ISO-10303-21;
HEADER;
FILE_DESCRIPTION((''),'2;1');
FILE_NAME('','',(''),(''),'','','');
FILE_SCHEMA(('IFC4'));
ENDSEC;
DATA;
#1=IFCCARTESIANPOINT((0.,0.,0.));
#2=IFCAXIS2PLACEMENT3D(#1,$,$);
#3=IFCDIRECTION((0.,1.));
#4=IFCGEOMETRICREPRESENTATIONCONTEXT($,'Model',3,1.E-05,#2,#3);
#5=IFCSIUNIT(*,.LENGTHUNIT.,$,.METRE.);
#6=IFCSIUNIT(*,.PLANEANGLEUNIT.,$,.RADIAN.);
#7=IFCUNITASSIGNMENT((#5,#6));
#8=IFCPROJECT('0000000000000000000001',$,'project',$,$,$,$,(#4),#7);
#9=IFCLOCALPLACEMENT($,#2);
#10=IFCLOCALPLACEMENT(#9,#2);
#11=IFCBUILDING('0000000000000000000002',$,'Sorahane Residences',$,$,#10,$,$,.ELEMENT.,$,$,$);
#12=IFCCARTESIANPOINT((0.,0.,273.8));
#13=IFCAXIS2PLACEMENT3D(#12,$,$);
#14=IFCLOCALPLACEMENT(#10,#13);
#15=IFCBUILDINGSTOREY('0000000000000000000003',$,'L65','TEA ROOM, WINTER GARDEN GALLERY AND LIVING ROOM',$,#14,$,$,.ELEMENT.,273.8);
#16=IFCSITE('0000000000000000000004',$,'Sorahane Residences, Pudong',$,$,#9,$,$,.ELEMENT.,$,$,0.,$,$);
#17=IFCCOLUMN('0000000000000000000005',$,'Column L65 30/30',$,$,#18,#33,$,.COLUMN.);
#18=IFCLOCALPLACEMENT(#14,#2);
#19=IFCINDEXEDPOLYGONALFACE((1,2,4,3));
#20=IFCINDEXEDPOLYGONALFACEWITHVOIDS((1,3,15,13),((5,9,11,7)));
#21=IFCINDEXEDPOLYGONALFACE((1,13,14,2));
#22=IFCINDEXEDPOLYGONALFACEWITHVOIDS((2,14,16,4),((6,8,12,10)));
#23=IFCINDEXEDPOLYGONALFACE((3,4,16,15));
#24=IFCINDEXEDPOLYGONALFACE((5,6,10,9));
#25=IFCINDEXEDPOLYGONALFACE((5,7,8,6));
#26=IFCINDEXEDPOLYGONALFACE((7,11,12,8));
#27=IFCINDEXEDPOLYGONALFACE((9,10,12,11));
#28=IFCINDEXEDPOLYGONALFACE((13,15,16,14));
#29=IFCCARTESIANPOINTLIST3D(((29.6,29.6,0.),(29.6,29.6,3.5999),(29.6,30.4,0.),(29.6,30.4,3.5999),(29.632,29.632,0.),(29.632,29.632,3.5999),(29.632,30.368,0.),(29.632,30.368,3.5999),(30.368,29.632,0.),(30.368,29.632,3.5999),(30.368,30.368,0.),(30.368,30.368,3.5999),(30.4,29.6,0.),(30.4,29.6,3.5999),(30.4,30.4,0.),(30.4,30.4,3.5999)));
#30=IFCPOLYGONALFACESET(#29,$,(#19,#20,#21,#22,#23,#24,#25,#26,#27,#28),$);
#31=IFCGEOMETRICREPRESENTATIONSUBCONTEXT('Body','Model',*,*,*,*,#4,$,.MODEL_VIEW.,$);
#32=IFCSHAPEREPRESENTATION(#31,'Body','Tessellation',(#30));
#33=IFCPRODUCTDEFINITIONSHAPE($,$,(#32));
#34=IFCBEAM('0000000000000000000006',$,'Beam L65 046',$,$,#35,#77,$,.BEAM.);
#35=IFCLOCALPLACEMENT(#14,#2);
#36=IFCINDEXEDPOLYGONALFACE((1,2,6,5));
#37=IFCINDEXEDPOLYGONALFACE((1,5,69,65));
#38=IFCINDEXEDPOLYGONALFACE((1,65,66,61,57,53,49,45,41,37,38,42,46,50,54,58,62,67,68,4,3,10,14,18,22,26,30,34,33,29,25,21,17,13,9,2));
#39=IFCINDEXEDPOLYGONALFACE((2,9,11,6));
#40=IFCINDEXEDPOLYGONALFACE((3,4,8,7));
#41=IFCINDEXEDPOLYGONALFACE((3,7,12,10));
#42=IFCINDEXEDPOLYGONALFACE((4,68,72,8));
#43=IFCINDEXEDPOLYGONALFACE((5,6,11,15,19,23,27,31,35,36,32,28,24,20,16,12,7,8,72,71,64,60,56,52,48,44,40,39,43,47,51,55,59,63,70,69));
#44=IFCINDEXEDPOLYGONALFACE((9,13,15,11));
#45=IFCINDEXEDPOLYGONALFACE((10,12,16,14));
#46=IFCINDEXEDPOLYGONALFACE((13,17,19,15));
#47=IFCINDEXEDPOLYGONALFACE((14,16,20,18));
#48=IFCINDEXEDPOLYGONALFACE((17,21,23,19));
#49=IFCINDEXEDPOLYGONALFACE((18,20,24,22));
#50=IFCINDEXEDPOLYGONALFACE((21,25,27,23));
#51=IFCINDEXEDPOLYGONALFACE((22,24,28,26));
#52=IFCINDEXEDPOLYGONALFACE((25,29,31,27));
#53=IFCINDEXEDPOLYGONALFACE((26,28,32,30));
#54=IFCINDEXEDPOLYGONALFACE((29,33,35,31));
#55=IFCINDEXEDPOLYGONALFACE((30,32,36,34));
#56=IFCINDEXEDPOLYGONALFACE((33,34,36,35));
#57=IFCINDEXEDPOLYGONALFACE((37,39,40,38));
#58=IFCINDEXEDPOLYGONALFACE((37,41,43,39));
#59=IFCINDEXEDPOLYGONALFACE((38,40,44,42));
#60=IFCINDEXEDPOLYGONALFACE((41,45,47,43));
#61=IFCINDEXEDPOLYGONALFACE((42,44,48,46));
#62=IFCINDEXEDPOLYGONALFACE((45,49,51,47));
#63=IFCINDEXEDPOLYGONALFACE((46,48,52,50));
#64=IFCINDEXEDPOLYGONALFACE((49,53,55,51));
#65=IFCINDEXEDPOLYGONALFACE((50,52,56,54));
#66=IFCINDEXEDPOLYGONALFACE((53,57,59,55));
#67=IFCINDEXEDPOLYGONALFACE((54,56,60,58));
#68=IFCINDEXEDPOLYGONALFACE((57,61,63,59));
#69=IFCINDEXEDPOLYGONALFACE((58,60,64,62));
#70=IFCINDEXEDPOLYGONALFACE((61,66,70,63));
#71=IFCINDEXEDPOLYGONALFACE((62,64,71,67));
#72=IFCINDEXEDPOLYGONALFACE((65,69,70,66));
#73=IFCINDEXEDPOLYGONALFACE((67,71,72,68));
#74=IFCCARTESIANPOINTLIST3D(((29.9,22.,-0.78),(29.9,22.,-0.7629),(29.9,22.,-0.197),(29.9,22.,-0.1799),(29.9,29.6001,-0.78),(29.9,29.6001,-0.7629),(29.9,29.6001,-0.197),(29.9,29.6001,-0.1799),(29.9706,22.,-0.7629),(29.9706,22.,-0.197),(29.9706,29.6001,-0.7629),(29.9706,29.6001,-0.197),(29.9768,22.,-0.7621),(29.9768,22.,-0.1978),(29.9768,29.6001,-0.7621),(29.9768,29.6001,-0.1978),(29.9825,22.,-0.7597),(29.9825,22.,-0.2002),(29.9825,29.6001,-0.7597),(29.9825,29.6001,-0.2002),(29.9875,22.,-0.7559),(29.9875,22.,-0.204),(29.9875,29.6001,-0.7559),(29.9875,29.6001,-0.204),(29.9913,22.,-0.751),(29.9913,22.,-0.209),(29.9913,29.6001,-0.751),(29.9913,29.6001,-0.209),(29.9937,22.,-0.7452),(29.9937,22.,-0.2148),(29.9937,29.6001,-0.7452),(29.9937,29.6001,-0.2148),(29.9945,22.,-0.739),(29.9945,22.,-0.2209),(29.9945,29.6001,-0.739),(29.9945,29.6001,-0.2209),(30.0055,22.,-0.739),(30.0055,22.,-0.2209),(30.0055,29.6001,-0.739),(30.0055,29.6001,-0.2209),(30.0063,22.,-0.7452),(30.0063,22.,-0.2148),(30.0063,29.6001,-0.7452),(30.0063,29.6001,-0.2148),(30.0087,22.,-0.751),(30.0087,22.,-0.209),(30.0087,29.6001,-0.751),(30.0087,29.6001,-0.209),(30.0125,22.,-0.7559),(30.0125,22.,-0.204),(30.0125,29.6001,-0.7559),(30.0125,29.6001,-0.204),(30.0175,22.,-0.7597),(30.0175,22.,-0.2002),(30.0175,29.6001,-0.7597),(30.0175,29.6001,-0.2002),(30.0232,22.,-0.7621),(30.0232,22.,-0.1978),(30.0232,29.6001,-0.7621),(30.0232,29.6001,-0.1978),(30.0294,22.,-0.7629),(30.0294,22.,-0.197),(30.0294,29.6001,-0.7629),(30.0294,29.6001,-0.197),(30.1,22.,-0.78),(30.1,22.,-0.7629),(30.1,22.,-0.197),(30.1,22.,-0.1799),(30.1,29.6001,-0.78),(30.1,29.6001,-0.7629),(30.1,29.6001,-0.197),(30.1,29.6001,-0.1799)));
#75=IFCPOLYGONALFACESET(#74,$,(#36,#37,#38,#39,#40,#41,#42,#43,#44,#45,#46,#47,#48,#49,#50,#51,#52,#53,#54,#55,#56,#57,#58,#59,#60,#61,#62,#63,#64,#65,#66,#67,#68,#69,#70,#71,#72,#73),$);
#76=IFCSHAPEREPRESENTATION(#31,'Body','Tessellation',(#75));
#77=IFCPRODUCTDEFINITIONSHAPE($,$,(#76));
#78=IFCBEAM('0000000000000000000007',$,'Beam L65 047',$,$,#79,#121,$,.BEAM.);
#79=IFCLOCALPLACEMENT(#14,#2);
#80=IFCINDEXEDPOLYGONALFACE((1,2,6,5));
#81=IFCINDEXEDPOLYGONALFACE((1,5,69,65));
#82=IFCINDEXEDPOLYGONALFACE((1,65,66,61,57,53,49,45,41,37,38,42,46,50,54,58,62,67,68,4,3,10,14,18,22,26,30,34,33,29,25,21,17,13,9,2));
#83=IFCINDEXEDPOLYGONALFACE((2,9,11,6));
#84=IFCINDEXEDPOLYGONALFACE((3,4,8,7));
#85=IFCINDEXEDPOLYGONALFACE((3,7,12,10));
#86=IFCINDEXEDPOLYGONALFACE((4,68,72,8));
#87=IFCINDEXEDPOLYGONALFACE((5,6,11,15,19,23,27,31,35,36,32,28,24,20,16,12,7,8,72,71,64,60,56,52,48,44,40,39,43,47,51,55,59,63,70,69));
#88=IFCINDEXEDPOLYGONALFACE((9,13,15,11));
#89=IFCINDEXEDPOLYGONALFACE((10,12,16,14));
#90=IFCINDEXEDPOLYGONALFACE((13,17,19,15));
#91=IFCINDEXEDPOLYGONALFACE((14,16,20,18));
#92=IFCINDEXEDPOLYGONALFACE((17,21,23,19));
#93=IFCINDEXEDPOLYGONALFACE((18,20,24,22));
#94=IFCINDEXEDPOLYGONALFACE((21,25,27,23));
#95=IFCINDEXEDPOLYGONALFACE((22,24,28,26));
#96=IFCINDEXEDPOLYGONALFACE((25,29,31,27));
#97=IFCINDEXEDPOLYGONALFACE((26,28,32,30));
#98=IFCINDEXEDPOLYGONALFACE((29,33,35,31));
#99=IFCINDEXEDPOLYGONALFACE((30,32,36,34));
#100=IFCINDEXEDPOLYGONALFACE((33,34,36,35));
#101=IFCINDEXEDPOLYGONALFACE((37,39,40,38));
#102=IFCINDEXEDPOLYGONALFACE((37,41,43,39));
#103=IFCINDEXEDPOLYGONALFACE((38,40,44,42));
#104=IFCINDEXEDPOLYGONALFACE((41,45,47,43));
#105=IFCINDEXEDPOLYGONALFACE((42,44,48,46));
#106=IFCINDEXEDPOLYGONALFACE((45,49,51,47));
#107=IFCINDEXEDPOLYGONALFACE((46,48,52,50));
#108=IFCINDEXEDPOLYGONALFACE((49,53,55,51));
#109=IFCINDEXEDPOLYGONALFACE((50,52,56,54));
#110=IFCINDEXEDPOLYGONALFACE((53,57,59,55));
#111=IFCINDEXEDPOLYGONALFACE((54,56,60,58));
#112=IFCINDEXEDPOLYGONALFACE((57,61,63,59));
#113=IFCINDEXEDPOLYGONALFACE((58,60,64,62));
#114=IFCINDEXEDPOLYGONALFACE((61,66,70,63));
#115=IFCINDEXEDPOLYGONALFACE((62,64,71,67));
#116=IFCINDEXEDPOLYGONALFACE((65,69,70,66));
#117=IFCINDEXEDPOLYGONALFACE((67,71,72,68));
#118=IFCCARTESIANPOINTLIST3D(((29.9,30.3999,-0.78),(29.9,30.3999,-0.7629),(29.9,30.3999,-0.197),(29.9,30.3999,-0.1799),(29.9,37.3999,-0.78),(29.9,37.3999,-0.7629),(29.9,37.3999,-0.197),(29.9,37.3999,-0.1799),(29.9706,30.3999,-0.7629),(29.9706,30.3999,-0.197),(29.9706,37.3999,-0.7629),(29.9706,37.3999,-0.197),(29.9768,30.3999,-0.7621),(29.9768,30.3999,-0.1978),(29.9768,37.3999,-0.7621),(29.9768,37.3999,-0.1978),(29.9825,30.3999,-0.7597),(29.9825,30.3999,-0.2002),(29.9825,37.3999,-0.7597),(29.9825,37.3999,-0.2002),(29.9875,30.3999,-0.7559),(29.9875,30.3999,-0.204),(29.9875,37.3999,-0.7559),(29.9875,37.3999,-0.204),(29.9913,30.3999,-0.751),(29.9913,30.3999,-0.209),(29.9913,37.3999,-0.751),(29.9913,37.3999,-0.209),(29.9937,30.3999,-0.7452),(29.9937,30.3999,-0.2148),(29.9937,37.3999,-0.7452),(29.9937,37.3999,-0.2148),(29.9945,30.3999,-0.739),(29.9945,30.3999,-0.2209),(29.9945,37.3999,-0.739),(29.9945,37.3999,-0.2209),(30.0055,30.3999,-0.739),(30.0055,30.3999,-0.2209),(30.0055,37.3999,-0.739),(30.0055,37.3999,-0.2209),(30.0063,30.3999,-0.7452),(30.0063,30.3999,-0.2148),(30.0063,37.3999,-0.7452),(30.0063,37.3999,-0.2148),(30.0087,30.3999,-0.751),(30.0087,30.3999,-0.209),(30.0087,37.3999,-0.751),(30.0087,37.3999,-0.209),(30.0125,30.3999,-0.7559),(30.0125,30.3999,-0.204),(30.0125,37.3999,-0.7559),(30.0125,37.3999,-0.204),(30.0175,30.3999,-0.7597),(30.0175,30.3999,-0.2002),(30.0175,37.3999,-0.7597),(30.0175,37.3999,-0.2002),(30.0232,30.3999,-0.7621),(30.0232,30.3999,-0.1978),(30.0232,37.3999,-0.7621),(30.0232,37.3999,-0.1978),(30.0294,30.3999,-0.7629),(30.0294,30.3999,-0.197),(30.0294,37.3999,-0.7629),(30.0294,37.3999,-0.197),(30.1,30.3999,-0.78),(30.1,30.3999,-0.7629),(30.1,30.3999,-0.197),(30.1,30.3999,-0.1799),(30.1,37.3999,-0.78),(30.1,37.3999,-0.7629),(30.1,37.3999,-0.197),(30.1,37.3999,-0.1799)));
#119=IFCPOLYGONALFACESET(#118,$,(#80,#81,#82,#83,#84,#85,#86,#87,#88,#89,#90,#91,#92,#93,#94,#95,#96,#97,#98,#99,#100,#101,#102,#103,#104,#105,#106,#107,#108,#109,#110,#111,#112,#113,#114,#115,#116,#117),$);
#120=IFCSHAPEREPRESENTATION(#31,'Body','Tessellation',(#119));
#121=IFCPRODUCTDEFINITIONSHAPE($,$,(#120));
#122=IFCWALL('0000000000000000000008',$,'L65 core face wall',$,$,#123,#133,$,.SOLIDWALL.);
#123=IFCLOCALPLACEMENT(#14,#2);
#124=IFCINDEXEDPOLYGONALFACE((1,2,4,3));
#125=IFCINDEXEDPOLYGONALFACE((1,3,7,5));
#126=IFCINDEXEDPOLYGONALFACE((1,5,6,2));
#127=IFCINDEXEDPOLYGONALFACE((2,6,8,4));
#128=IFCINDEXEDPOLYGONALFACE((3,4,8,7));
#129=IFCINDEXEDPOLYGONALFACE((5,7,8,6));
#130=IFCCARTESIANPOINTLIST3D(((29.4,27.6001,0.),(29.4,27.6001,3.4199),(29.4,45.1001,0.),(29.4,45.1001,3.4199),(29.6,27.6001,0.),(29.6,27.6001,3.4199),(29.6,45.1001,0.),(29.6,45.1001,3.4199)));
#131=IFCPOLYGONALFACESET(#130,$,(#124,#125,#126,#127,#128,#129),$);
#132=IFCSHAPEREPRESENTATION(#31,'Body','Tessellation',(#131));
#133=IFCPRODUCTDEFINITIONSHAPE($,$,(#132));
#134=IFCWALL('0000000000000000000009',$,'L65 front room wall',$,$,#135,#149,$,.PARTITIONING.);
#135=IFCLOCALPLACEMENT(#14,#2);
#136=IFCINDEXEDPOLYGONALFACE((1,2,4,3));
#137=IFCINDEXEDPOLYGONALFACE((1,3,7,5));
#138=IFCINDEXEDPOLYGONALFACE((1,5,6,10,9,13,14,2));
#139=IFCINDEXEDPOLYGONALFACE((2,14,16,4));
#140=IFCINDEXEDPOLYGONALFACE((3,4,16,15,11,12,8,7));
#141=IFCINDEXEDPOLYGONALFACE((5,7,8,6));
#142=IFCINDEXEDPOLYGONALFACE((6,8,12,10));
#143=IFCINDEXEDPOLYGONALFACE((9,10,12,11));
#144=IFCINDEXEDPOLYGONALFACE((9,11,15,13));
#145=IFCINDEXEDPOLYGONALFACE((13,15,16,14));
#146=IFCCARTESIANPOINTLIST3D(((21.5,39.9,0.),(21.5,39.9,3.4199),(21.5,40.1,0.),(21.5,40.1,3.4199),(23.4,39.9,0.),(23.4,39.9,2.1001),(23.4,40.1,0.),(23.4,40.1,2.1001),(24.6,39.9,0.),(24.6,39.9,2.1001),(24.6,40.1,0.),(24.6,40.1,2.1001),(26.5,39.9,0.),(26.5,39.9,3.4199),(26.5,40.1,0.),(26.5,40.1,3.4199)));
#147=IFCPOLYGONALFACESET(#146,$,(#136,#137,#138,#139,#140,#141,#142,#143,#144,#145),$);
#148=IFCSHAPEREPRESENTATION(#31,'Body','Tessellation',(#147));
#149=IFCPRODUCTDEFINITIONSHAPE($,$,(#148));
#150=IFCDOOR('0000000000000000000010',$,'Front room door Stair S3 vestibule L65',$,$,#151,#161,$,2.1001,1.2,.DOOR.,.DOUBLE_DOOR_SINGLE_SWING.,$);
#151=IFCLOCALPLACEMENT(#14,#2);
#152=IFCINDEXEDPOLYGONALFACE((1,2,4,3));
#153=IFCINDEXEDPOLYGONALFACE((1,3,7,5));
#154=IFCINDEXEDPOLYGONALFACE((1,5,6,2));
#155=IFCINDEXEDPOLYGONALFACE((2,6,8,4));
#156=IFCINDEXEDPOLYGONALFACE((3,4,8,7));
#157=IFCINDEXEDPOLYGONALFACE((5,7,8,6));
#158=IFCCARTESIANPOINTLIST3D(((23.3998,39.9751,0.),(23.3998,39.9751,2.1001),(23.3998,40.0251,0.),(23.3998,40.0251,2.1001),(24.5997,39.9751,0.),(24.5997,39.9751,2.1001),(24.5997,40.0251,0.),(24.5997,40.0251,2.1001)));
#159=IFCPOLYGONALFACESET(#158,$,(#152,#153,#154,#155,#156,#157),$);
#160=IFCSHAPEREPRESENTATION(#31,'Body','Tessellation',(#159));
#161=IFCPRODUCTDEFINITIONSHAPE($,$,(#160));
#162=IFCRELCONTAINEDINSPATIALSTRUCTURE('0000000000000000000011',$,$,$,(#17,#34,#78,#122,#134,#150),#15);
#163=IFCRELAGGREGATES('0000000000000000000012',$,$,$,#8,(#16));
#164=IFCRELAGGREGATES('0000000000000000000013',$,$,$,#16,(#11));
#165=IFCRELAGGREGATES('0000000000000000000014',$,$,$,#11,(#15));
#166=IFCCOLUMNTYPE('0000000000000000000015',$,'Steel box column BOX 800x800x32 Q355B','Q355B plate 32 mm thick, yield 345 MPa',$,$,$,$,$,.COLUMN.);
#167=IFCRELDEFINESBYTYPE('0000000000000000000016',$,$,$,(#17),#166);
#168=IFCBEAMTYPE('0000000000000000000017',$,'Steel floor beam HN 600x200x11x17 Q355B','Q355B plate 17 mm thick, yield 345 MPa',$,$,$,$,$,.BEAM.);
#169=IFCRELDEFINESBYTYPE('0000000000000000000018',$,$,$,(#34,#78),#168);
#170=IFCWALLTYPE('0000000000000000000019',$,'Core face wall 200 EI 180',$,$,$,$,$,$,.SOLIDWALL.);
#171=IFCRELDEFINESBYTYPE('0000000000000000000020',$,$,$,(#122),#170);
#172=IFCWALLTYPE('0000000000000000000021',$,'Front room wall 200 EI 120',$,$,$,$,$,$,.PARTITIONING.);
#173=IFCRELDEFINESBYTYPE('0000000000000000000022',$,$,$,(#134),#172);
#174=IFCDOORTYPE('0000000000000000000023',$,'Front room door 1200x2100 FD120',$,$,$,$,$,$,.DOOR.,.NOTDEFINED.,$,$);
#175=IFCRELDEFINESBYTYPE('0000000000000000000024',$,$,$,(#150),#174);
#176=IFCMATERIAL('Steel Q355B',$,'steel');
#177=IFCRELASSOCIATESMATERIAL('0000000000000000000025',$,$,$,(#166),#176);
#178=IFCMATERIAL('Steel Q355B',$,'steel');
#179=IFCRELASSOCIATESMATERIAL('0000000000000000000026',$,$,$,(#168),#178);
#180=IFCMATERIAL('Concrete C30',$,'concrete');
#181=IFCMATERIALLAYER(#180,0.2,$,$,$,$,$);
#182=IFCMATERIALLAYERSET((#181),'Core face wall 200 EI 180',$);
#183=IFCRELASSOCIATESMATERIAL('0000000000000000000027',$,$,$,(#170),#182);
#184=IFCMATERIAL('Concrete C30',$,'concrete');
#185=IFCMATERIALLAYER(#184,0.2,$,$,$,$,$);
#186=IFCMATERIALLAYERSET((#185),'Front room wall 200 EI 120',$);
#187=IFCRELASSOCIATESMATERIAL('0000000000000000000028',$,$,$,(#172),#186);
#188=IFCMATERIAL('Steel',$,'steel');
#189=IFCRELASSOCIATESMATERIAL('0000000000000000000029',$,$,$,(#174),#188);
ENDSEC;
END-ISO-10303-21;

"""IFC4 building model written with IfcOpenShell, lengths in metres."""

from ifc_helpers import new_model, si_unit, direction, frame, frame_2d, origin, origin_2d, place, context, subcontext, project, spatial, rectangle, hollow_rectangle, i_section, extrude, material, layer, layer_set, material_profile, profile_set, type_object, element, fill, save


model = new_model("IFC4")

# Units and contexts
model_context = context("Model", 3, precision=1e-05, world=origin(), true_north=direction((0.0, 1.0)))
body_context = subcontext(model_context, "Body", "Model", "MODEL_VIEW")
ifc_project = project(units=[si_unit("LENGTHUNIT", "METRE"), si_unit("PLANEANGLEUNIT", "RADIAN")], contexts=[model_context])

# Site, building, storey
site_placement = place(None, origin())
site = spatial("IfcSite", under=ifc_project, at=site_placement, Name="Sorahane Residences, Pudong", CompositionType="ELEMENT", RefElevation=0.0)
building_placement = place(site_placement, origin())
building = spatial("IfcBuilding", under=site, at=building_placement, Name="Sorahane Residences", CompositionType="ELEMENT")
storey_placement = place(building_placement, frame((0.0, 0.0, 273.8)))
storey = spatial("IfcBuildingStorey", under=building, at=storey_placement, Name="L65", Description="TEA ROOM, WINTER GARDEN GALLERY AND LIVING ROOM", CompositionType="ELEMENT", Elevation=273.8)

# Column
ifc_material_1 = material(Name="Steel Q355B", Category="steel")
ifc_material_profile_1 = material_profile(ifc_material_1, hollow_rectangle(XDim=0.8, YDim=0.8, WallThickness=0.032, at=origin_2d()), Name="BOX 800x800x32")
ifc_profile_set_1 = profile_set([ifc_material_profile_1], Name="Steel Q355B")
column_type = type_object("IfcColumnType", Name="Steel box column BOX 800x800x32 Q355B", Description="Q355B plate 32 mm thick, yield 345 MPa", PredefinedType="COLUMN", material=ifc_profile_set_1)
column_placement = place(storey_placement, frame((30.0, 30.0, 0.0), z_axis=(0.0, 0.0, 1.0), x_axis=(1.0, 0.0, 0.0)))
element("IfcColumn", 1, at=column_placement, inside=storey, type_object=column_type, Name="Column L65 30/30", PredefinedType="COLUMN", context=body_context, shape_type="SweptSolid", body=[
    extrude(hollow_rectangle(XDim=0.8, YDim=0.8, WallThickness=0.032, at=origin_2d()), origin(), (0.0, 0.0, 1.0), 3.5999),
])

# Beams
ifc_material_2 = material(Name="Steel Q355B", Category="steel")
ifc_material_profile_2 = material_profile(ifc_material_2, i_section(OverallWidth=0.2, OverallDepth=0.6001, WebThickness=0.011, FlangeThickness=0.0171, FilletRadius=0.0239, at=origin_2d()), Name="HN 600x200x11x17")
ifc_profile_set_2 = profile_set([ifc_material_profile_2], Name="Steel Q355B")
beam_type = type_object("IfcBeamType", Name="Steel floor beam HN 600x200x11x17 Q355B", Description="Q355B plate 17 mm thick, yield 345 MPa", PredefinedType="BEAM", material=ifc_profile_set_2)
beam_1_placement = place(storey_placement, frame((30.0, 22.0, -0.48), z_axis=(0.0, 1.0, 0.0), x_axis=(-1.0, 0.0, 0.0)))
element("IfcBeam", 2, at=beam_1_placement, inside=storey, type_object=beam_type, Name="Beam L65 046", PredefinedType="BEAM", context=body_context, shape_type="SweptSolid", body=[
    extrude(i_section(OverallWidth=0.2, OverallDepth=0.6001, WebThickness=0.011, FlangeThickness=0.0171, FilletRadius=0.0239, at=origin_2d()), origin(), (0.0, 0.0, 1.0), 7.6001),
])
beam_2_placement = place(storey_placement, frame((30.0, 30.3999, -0.48), z_axis=(0.0, 1.0, 0.0), x_axis=(-1.0, 0.0, 0.0)))
element("IfcBeam", 3, at=beam_2_placement, inside=storey, type_object=beam_type, Name="Beam L65 047", PredefinedType="BEAM", context=body_context, shape_type="SweptSolid", body=[
    extrude(i_section(OverallWidth=0.2, OverallDepth=0.6001, WebThickness=0.011, FlangeThickness=0.0171, FilletRadius=0.0239, at=origin_2d()), origin(), (0.0, 0.0, 1.0), 7.0),
])

# Wall
ifc_material_3 = material(Name="Concrete C30", Category="concrete")
ifc_layer_1 = layer(ifc_material_3, 0.2)
ifc_layer_set_1 = layer_set([ifc_layer_1], Name="Core face wall 200 EI 180")
wall_type_1 = type_object("IfcWallType", Name="Core face wall 200 EI 180", PredefinedType="SOLIDWALL", material=ifc_layer_set_1)
wall_1_placement = place(storey_placement, frame((29.5, 27.6001, 0.0), z_axis=(0.0, 0.0, 1.0), x_axis=(0.0, 1.0, 0.0)))
element("IfcWall", 4, at=wall_1_placement, inside=storey, type_object=wall_type_1, Name="L65 core face wall", PredefinedType="SOLIDWALL", context=body_context, shape_type="SweptSolid", body=[
    extrude(rectangle(XDim=17.5, YDim=0.2, at=frame_2d((8.75, 0.0))), origin(), (0.0, 0.0, 1.0), 3.4199),
])

# Wall, opening, door
ifc_material_4 = material(Name="Concrete C30", Category="concrete")
ifc_layer_2 = layer(ifc_material_4, 0.2)
ifc_layer_set_2 = layer_set([ifc_layer_2], Name="Front room wall 200 EI 120")
wall_type_2 = type_object("IfcWallType", Name="Front room wall 200 EI 120", PredefinedType="PARTITIONING", material=ifc_layer_set_2)
wall_2_placement = place(storey_placement, frame((21.5, 40.0, 0.0), z_axis=(0.0, 0.0, 1.0), x_axis=(1.0, 0.0, 0.0)))
wall_2 = element("IfcWall", 5, at=wall_2_placement, inside=storey, type_object=wall_type_2, Name="L65 front room wall", PredefinedType="PARTITIONING", context=body_context, shape_type="SweptSolid", body=[
    extrude(rectangle(XDim=5.0, YDim=0.2, at=frame_2d((2.5, 0.0))), origin(), (0.0, 0.0, 1.0), 3.4199),
])
opening_1_placement = place(wall_2_placement, frame((1.8999, 0.0, 0.0)))
opening_1 = element("IfcOpeningElement", 6, at=opening_1_placement, cuts=wall_2, PredefinedType="OPENING", context=body_context, shape_type="SweptSolid", body=[
    extrude(rectangle(XDim=1.2, YDim=2.1001, at=frame_2d((0.6001, 1.05))), frame((0.0, 0.1099, 0.0), z_axis=(0.0, -1.0, 0.0), x_axis=(1.0, 0.0, 0.0)), (0.0, 0.0, 1.0), 0.22),
])
ifc_material_5 = material(Name="Steel", Category="steel")
door_type_1 = type_object("IfcDoorType", Name="Front room door 1200x2100 FD120", OperationType="NOTDEFINED", PredefinedType="DOOR", material=ifc_material_5)
door_1_placement = place(opening_1_placement, frame((1.2, 0.0, 0.0), z_axis=(0.0, 0.0, 1.0), x_axis=(-1.0, 0.0, 0.0)))
door_1 = element("IfcDoor", 7, at=door_1_placement, inside=storey, type_object=door_type_1, Name="Front room door Stair S3 vestibule L65", OperationType="DOUBLE_DOOR_SINGLE_SWING", OverallHeight=2.1001, OverallWidth=1.2, PredefinedType="DOOR", context=body_context, shape_type="SweptSolid", body=[
    extrude(rectangle(XDim=1.2, YDim=2.1001, at=frame_2d((0.6001, 1.05))), frame((0.0, 0.0249, 0.0), z_axis=(0.0, -1.0, 0.0), x_axis=(1.0, 0.0, 0.0)), (0.0, 0.0, 1.0), 0.05),
])
fill(opening_1, door_1)

save(model, "model.ifc")
